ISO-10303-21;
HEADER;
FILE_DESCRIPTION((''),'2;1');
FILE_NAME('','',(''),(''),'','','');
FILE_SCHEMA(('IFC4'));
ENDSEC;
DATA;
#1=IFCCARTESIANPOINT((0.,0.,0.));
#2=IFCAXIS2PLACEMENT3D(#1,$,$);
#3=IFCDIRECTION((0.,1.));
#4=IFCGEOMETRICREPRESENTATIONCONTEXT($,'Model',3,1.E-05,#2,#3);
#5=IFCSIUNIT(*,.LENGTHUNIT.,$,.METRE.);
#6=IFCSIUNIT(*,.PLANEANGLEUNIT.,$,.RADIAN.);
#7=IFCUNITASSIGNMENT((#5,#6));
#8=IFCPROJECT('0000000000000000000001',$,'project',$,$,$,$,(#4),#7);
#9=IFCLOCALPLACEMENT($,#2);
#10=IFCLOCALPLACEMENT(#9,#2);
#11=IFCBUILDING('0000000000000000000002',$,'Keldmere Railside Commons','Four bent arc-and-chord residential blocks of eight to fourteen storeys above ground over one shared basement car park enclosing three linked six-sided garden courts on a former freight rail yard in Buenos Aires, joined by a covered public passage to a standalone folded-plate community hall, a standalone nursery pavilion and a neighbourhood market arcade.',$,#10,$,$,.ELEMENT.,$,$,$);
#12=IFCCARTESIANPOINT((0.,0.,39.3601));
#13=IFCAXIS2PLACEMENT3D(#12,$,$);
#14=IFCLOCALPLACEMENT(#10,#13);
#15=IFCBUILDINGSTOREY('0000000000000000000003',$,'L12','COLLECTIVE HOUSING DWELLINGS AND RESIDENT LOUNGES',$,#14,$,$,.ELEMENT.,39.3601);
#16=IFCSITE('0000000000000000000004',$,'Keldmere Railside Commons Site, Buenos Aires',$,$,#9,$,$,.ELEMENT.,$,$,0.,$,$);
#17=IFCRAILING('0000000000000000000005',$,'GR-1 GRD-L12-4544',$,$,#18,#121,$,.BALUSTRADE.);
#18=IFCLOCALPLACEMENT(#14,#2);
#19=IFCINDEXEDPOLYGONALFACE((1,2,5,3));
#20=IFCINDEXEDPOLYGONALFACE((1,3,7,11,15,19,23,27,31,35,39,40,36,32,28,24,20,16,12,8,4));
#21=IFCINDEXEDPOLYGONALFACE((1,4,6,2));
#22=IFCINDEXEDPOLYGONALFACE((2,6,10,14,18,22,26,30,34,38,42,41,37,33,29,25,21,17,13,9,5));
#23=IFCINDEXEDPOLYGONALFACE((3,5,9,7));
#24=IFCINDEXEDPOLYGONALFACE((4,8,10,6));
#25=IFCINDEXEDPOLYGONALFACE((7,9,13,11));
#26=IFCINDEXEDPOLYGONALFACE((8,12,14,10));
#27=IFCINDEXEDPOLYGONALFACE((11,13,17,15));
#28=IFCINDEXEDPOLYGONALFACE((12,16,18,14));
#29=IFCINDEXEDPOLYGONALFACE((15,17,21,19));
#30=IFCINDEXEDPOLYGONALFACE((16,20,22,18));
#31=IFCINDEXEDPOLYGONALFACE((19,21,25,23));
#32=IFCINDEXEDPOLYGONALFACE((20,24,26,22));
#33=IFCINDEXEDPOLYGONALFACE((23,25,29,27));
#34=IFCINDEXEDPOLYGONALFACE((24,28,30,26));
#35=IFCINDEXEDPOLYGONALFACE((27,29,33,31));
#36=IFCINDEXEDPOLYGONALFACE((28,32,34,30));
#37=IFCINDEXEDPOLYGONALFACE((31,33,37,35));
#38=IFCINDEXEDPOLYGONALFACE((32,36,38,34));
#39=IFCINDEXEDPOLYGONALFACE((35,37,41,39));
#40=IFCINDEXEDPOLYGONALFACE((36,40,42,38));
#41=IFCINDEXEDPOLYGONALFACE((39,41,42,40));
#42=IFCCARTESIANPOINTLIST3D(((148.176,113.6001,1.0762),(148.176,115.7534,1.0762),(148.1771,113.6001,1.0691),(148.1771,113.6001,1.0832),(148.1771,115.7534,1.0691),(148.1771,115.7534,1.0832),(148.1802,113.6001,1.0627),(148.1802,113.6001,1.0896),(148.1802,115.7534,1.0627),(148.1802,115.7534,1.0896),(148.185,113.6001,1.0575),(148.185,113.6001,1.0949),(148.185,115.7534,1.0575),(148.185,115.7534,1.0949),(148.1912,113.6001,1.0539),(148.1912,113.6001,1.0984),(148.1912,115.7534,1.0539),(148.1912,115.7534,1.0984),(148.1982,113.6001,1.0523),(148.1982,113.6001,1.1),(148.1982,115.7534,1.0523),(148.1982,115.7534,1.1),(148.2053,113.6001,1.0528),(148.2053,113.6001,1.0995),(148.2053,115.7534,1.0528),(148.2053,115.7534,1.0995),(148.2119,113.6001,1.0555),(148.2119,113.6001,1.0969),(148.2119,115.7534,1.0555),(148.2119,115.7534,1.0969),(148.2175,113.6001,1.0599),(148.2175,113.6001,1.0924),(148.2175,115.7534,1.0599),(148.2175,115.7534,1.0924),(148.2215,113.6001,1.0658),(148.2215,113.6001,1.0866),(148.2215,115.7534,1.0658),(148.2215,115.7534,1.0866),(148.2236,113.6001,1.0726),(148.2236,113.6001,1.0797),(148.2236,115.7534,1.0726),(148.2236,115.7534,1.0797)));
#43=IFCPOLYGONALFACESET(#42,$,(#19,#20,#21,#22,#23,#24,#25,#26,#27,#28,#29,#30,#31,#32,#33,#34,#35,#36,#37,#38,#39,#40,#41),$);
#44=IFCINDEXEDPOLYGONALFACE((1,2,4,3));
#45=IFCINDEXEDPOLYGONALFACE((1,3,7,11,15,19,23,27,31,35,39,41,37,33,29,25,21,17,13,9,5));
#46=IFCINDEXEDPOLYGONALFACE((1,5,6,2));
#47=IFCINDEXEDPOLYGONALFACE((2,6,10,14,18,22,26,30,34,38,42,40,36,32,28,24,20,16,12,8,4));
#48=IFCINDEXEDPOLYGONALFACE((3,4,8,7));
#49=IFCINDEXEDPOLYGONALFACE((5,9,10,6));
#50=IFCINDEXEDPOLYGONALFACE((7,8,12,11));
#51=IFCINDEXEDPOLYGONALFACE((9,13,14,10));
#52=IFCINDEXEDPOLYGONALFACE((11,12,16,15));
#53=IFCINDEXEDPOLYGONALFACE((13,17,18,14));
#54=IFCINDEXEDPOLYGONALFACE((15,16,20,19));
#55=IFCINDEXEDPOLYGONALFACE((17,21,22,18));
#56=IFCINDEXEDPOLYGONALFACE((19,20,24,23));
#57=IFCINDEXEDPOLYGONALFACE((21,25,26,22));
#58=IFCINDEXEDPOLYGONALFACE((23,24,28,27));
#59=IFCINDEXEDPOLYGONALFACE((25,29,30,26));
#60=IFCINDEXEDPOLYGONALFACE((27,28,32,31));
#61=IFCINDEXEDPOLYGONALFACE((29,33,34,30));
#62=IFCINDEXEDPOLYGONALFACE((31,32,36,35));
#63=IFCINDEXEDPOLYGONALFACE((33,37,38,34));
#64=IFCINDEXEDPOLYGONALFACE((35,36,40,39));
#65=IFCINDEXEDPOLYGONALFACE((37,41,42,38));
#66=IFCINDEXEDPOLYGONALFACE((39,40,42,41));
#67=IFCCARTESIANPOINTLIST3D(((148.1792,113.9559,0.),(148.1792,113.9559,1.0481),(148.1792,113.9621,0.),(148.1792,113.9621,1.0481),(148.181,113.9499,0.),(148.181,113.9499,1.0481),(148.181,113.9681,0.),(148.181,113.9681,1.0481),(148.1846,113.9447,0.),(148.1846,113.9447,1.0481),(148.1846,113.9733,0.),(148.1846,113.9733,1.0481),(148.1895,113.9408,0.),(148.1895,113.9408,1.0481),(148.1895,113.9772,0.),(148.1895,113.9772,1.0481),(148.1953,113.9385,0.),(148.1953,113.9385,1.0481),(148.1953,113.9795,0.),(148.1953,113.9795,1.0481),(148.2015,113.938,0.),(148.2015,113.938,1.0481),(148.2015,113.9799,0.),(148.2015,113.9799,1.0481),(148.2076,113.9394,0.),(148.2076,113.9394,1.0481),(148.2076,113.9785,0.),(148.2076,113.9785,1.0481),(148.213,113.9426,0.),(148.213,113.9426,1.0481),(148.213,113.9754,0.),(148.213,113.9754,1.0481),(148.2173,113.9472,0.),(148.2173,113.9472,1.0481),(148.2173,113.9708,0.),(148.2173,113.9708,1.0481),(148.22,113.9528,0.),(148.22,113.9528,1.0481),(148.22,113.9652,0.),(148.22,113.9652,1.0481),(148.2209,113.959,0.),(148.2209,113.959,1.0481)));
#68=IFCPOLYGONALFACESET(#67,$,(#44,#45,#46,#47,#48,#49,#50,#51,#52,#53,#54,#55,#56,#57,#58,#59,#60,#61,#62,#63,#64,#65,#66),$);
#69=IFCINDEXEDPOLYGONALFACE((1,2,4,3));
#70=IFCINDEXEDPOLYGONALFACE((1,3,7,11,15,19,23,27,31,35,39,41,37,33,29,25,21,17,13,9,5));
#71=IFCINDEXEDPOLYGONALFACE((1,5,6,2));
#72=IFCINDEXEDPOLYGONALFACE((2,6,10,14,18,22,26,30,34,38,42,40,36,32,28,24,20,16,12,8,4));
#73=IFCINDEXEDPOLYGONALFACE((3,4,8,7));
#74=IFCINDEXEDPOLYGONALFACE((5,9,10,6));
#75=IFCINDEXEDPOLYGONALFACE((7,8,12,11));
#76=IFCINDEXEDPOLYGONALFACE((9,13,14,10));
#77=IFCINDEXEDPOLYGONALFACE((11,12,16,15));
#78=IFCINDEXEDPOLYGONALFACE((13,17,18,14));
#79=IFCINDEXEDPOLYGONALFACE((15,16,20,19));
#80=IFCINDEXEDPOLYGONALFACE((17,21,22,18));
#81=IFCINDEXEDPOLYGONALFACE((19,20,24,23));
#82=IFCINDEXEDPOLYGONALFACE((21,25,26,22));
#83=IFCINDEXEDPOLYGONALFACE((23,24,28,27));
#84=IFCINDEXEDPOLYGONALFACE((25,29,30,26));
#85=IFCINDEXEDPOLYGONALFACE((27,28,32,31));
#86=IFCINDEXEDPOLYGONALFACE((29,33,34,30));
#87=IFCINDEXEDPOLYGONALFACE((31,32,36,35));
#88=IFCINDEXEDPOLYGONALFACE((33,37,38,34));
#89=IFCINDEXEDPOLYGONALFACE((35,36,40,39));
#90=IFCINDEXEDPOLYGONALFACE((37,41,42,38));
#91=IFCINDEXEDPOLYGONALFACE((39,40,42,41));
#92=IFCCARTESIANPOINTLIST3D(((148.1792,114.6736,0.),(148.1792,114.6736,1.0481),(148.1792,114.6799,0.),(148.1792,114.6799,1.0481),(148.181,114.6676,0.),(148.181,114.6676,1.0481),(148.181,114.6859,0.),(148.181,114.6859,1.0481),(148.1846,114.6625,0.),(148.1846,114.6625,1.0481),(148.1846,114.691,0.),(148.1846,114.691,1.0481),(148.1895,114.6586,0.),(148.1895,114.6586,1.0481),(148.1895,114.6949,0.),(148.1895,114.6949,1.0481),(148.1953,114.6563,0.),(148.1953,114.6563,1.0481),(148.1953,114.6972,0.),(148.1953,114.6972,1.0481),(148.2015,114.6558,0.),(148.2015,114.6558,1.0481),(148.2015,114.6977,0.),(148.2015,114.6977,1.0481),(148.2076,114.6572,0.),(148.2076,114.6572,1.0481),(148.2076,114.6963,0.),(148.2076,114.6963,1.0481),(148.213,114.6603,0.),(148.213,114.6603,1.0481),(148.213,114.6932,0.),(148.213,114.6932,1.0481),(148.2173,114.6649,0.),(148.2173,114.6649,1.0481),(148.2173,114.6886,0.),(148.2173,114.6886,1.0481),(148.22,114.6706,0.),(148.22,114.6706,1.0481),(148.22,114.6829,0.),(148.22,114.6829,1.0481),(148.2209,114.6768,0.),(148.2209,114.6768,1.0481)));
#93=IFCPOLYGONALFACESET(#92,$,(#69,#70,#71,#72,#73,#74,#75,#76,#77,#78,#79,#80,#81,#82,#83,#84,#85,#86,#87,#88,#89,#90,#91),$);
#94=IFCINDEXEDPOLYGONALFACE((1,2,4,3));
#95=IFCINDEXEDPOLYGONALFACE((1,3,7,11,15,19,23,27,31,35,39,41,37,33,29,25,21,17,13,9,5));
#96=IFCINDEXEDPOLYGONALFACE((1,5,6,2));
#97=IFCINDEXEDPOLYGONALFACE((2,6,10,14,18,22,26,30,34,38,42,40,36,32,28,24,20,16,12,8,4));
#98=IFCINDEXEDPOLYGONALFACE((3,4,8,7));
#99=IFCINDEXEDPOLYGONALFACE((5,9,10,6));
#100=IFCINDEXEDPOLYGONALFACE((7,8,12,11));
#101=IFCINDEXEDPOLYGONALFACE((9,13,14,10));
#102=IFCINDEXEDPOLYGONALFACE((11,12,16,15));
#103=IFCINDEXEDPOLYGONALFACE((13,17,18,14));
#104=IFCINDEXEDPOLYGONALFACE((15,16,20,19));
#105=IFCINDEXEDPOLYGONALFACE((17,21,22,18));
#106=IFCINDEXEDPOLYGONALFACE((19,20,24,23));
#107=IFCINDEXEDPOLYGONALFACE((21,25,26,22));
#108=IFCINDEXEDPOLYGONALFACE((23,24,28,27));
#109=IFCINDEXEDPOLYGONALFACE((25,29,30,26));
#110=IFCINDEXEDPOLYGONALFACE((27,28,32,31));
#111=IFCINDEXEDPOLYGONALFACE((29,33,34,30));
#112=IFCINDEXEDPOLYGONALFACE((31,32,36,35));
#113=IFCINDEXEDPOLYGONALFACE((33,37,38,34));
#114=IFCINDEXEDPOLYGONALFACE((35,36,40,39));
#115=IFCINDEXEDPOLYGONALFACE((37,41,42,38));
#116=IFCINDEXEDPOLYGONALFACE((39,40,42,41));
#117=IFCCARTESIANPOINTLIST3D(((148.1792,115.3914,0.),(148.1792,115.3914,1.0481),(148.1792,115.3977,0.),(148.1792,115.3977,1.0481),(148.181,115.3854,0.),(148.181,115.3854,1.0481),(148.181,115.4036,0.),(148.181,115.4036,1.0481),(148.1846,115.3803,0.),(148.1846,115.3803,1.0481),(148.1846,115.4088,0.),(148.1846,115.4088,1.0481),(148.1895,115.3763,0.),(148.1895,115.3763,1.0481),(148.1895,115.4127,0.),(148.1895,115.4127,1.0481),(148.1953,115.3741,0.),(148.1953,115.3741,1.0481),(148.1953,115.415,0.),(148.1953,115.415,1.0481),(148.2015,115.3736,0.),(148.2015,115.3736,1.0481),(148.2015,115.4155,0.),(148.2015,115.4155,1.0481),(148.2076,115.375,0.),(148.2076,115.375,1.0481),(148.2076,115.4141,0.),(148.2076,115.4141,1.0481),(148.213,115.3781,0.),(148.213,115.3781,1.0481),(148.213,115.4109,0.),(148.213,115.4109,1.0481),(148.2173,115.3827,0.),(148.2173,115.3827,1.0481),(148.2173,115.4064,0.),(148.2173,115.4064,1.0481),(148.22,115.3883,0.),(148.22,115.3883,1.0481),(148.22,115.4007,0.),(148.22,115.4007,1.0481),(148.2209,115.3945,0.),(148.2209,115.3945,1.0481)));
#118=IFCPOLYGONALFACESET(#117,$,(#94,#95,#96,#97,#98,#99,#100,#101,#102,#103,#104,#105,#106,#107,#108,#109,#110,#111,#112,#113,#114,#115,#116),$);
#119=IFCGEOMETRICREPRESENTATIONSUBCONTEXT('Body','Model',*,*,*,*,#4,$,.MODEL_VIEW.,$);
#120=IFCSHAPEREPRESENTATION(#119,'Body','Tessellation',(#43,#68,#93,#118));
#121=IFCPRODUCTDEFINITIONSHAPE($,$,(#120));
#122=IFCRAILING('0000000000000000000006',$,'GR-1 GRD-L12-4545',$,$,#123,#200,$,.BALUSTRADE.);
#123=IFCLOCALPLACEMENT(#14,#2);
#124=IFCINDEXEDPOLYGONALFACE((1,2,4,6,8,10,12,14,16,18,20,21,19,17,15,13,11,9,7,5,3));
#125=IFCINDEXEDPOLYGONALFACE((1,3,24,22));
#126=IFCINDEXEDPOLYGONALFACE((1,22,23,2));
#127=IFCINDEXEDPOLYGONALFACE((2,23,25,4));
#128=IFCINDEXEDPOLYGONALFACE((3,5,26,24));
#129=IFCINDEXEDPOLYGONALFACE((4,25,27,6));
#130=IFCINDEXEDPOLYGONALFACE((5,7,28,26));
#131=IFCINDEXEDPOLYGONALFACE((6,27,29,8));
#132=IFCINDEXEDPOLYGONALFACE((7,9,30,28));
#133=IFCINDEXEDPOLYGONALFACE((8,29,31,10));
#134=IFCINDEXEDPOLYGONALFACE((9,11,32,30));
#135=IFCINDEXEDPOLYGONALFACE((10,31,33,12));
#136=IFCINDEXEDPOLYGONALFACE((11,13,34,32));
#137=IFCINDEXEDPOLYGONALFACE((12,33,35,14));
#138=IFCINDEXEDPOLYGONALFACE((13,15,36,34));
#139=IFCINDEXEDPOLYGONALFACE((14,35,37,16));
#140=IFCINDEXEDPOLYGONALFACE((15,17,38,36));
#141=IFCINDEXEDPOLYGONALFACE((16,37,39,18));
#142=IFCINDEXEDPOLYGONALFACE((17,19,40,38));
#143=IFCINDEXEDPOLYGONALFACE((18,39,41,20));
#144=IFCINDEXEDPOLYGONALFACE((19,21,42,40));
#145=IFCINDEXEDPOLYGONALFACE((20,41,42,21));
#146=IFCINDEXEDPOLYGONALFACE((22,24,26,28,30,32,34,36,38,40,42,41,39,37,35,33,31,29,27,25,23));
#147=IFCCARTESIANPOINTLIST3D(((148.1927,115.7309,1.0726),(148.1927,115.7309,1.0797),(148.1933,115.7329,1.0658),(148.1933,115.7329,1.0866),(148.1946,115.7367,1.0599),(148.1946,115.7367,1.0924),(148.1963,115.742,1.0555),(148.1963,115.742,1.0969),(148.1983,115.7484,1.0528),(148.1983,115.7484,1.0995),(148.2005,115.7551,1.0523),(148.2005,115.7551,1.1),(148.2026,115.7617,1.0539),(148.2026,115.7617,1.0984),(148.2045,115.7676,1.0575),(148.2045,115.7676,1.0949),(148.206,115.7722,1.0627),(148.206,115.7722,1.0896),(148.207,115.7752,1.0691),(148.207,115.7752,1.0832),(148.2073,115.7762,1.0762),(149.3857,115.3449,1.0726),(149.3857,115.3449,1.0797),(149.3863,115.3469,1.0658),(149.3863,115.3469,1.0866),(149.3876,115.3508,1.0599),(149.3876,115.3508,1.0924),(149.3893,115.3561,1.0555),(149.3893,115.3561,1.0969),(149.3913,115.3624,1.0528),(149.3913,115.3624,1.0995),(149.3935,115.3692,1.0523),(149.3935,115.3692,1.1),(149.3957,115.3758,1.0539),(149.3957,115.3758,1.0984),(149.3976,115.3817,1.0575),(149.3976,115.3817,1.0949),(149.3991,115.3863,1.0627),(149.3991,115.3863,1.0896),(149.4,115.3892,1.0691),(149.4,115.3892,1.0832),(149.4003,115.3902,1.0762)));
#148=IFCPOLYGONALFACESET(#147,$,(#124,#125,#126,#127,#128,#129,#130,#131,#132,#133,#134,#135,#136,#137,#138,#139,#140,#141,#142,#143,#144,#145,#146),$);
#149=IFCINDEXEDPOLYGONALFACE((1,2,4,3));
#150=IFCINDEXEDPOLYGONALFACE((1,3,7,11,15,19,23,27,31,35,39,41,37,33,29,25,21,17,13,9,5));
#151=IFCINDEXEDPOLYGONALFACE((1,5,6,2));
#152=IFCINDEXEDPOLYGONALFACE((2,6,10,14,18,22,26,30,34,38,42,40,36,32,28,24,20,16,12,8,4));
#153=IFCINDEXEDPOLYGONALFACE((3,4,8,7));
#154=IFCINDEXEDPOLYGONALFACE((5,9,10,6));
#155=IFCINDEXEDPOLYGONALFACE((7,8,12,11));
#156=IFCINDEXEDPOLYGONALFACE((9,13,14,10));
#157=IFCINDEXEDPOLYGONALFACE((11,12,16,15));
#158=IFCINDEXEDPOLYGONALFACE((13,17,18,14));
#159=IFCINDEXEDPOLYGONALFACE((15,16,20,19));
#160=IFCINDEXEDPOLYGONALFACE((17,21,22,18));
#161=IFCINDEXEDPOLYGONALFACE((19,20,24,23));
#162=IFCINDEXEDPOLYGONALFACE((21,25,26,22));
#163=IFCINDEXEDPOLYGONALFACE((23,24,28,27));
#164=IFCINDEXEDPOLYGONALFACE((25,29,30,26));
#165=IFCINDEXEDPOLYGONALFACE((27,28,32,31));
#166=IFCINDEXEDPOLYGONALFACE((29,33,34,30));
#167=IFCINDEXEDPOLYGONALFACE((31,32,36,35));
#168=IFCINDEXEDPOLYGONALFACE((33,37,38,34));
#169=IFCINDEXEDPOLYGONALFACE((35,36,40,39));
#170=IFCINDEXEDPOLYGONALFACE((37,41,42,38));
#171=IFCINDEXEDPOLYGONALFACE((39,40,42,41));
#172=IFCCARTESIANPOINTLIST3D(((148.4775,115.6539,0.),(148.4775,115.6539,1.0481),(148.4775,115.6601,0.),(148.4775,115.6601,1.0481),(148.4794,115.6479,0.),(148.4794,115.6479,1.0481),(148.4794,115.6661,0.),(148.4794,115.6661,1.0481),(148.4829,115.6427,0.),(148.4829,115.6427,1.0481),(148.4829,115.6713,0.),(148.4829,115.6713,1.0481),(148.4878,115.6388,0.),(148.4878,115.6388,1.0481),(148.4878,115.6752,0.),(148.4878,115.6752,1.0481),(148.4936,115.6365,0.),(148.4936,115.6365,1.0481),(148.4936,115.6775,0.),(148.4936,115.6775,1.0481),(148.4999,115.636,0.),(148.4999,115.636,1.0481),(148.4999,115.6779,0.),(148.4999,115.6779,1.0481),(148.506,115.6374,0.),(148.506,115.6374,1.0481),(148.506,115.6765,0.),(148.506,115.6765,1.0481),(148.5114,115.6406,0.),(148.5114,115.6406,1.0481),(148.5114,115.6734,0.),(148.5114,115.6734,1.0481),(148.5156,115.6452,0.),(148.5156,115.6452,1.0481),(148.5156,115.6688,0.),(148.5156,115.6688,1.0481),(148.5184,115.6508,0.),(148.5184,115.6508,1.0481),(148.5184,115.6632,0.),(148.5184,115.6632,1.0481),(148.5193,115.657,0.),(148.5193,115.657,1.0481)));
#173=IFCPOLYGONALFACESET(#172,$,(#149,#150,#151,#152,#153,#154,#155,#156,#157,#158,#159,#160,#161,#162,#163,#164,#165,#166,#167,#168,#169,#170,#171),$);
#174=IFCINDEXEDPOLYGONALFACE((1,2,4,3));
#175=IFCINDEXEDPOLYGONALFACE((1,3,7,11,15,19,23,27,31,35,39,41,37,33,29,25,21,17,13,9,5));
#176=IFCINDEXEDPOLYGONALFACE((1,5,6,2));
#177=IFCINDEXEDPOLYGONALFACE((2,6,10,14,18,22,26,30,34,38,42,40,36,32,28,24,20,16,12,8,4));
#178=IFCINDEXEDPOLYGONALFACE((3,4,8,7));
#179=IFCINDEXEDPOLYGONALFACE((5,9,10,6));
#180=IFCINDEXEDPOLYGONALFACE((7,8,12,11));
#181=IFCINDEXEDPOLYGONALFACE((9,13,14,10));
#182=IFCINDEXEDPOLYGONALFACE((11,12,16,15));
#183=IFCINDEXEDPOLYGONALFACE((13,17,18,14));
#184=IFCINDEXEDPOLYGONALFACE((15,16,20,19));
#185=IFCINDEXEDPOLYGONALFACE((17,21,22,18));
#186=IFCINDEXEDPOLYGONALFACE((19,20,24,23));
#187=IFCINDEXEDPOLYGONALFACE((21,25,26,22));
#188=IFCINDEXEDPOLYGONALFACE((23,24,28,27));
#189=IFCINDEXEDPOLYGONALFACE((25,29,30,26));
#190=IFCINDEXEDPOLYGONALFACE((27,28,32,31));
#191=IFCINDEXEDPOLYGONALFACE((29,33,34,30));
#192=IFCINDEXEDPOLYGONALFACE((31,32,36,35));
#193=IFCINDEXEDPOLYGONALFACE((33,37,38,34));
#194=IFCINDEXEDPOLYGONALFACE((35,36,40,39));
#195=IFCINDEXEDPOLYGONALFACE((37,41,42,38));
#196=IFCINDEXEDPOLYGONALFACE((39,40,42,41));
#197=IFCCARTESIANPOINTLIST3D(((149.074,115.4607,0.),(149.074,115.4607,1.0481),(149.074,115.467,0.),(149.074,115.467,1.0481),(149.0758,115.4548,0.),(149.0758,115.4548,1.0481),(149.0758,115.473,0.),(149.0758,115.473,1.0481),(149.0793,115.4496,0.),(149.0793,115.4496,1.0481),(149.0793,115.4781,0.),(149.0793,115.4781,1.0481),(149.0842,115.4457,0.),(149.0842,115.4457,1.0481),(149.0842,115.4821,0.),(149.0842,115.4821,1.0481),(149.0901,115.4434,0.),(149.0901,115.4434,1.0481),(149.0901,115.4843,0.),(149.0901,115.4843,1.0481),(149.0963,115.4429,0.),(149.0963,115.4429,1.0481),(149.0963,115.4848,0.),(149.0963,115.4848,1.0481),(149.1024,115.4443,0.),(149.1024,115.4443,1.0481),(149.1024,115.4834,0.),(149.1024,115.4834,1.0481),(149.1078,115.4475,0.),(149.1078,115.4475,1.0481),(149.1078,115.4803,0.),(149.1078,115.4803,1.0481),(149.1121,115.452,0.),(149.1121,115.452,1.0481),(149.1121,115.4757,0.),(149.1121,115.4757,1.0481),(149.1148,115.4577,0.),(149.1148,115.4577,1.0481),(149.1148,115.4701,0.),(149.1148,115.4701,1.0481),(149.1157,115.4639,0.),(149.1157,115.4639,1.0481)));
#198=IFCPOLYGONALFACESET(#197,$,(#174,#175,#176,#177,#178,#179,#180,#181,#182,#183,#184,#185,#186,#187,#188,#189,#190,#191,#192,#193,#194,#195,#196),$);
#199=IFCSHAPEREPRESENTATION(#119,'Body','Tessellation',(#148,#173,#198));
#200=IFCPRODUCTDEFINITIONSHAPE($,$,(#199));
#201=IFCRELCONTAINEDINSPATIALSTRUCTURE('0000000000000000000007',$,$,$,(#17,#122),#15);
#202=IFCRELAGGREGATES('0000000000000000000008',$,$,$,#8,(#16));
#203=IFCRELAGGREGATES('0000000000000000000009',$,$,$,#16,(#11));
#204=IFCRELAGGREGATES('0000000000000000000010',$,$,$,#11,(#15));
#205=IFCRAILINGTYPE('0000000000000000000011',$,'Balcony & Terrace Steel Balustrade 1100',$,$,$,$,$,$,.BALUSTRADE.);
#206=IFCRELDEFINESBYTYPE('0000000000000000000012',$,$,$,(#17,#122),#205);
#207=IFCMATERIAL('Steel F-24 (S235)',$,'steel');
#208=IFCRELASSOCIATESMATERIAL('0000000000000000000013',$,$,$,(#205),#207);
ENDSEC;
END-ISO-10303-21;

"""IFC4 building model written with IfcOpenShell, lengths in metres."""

from ifc_helpers import new_model, si_unit, direction, frame, origin, origin_2d, place, context, subcontext, project, spatial, circle, extrude, material, type_object, element, save


model = new_model("IFC4")

# Units and contexts
model_context = context("Model", 3, precision=1e-05, world=origin(), true_north=direction((0.0, 1.0)))
body_context = subcontext(model_context, "Body", "Model", "MODEL_VIEW")
ifc_project = project(units=[si_unit("LENGTHUNIT", "METRE"), si_unit("PLANEANGLEUNIT", "RADIAN")], contexts=[model_context])

# Site, building, storey
site_placement = place(None, origin())
site = spatial("IfcSite", under=ifc_project, at=site_placement, Name="Keldmere Railside Commons Site, Buenos Aires", CompositionType="ELEMENT", RefElevation=0.0)
building_placement = place(site_placement, origin())
building = spatial("IfcBuilding", under=site, at=building_placement, Name="Keldmere Railside Commons", Description="Four bent arc-and-chord residential blocks of eight to fourteen storeys above ground over one shared basement car park enclosing three linked six-sided garden courts on a former freight rail yard in Buenos Aires, joined by a covered public passage to a standalone folded-plate community hall, a standalone nursery pavilion and a neighbourhood market arcade.", CompositionType="ELEMENT")
storey_placement = place(building_placement, frame((0.0, 0.0, 39.3601)))
storey = spatial("IfcBuildingStorey", under=building, at=storey_placement, Name="L12", Description="COLLECTIVE HOUSING DWELLINGS AND RESIDENT LOUNGES", CompositionType="ELEMENT", Elevation=39.3601)

# Railings
ifc_material_1 = material(Name="Steel F-24 (S235)", Category="steel")
railing_type = type_object("IfcRailingType", Name="Balcony & Terrace Steel Balustrade 1100", PredefinedType="BALUSTRADE", material=ifc_material_1)
railing_1_placement = place(storey_placement, frame((148.2, 113.6001, 0.0)))
element("IfcRailing", 1, at=railing_1_placement, inside=storey, type_object=railing_type, Name="GR-1 GRD-L12-4544", PredefinedType="BALUSTRADE", context=body_context, shape_type="SweptSolid", body=[
    extrude(circle(Radius=0.0239, at=origin_2d()), frame((0.0, 0.0, 1.0762), z_axis=(0.0, 1.0, 0.0), x_axis=(-1.0, 0.0, 0.0)), (0.0, 0.0, 1.0), 2.1533),
    extrude(circle(Radius=0.021, at=origin_2d()), frame((0.0, 0.3589, 0.0)), (0.0, 0.0, 1.0), 1.0481),
    extrude(circle(Radius=0.021, at=origin_2d()), frame((0.0, 1.0767, 0.0)), (0.0, 0.0, 1.0), 1.0481),
    extrude(circle(Radius=0.021, at=origin_2d()), frame((0.0, 1.7944, 0.0)), (0.0, 0.0, 1.0), 1.0481),
])
railing_2_placement = place(storey_placement, frame((148.2, 115.7534, 0.0)))
element("IfcRailing", 2, at=railing_2_placement, inside=storey, type_object=railing_type, Name="GR-1 GRD-L12-4545", PredefinedType="BALUSTRADE", context=body_context, shape_type="SweptSolid", body=[
    extrude(circle(Radius=0.0239, at=origin_2d()), frame((0.0, 0.0, 1.0762), z_axis=(0.95145, -0.307805, 0.0), x_axis=(0.307805, 0.95145, 0.0)), (0.0, 0.0, 1.0), 1.2539),
    extrude(circle(Radius=0.021, at=origin_2d()), frame((0.2983, -0.0964, 0.0)), (0.0, 0.0, 1.0), 1.0481),
    extrude(circle(Radius=0.021, at=origin_2d()), frame((0.8948, -0.2896, 0.0)), (0.0, 0.0, 1.0), 1.0481),
])

save(model, "model.ifc")
